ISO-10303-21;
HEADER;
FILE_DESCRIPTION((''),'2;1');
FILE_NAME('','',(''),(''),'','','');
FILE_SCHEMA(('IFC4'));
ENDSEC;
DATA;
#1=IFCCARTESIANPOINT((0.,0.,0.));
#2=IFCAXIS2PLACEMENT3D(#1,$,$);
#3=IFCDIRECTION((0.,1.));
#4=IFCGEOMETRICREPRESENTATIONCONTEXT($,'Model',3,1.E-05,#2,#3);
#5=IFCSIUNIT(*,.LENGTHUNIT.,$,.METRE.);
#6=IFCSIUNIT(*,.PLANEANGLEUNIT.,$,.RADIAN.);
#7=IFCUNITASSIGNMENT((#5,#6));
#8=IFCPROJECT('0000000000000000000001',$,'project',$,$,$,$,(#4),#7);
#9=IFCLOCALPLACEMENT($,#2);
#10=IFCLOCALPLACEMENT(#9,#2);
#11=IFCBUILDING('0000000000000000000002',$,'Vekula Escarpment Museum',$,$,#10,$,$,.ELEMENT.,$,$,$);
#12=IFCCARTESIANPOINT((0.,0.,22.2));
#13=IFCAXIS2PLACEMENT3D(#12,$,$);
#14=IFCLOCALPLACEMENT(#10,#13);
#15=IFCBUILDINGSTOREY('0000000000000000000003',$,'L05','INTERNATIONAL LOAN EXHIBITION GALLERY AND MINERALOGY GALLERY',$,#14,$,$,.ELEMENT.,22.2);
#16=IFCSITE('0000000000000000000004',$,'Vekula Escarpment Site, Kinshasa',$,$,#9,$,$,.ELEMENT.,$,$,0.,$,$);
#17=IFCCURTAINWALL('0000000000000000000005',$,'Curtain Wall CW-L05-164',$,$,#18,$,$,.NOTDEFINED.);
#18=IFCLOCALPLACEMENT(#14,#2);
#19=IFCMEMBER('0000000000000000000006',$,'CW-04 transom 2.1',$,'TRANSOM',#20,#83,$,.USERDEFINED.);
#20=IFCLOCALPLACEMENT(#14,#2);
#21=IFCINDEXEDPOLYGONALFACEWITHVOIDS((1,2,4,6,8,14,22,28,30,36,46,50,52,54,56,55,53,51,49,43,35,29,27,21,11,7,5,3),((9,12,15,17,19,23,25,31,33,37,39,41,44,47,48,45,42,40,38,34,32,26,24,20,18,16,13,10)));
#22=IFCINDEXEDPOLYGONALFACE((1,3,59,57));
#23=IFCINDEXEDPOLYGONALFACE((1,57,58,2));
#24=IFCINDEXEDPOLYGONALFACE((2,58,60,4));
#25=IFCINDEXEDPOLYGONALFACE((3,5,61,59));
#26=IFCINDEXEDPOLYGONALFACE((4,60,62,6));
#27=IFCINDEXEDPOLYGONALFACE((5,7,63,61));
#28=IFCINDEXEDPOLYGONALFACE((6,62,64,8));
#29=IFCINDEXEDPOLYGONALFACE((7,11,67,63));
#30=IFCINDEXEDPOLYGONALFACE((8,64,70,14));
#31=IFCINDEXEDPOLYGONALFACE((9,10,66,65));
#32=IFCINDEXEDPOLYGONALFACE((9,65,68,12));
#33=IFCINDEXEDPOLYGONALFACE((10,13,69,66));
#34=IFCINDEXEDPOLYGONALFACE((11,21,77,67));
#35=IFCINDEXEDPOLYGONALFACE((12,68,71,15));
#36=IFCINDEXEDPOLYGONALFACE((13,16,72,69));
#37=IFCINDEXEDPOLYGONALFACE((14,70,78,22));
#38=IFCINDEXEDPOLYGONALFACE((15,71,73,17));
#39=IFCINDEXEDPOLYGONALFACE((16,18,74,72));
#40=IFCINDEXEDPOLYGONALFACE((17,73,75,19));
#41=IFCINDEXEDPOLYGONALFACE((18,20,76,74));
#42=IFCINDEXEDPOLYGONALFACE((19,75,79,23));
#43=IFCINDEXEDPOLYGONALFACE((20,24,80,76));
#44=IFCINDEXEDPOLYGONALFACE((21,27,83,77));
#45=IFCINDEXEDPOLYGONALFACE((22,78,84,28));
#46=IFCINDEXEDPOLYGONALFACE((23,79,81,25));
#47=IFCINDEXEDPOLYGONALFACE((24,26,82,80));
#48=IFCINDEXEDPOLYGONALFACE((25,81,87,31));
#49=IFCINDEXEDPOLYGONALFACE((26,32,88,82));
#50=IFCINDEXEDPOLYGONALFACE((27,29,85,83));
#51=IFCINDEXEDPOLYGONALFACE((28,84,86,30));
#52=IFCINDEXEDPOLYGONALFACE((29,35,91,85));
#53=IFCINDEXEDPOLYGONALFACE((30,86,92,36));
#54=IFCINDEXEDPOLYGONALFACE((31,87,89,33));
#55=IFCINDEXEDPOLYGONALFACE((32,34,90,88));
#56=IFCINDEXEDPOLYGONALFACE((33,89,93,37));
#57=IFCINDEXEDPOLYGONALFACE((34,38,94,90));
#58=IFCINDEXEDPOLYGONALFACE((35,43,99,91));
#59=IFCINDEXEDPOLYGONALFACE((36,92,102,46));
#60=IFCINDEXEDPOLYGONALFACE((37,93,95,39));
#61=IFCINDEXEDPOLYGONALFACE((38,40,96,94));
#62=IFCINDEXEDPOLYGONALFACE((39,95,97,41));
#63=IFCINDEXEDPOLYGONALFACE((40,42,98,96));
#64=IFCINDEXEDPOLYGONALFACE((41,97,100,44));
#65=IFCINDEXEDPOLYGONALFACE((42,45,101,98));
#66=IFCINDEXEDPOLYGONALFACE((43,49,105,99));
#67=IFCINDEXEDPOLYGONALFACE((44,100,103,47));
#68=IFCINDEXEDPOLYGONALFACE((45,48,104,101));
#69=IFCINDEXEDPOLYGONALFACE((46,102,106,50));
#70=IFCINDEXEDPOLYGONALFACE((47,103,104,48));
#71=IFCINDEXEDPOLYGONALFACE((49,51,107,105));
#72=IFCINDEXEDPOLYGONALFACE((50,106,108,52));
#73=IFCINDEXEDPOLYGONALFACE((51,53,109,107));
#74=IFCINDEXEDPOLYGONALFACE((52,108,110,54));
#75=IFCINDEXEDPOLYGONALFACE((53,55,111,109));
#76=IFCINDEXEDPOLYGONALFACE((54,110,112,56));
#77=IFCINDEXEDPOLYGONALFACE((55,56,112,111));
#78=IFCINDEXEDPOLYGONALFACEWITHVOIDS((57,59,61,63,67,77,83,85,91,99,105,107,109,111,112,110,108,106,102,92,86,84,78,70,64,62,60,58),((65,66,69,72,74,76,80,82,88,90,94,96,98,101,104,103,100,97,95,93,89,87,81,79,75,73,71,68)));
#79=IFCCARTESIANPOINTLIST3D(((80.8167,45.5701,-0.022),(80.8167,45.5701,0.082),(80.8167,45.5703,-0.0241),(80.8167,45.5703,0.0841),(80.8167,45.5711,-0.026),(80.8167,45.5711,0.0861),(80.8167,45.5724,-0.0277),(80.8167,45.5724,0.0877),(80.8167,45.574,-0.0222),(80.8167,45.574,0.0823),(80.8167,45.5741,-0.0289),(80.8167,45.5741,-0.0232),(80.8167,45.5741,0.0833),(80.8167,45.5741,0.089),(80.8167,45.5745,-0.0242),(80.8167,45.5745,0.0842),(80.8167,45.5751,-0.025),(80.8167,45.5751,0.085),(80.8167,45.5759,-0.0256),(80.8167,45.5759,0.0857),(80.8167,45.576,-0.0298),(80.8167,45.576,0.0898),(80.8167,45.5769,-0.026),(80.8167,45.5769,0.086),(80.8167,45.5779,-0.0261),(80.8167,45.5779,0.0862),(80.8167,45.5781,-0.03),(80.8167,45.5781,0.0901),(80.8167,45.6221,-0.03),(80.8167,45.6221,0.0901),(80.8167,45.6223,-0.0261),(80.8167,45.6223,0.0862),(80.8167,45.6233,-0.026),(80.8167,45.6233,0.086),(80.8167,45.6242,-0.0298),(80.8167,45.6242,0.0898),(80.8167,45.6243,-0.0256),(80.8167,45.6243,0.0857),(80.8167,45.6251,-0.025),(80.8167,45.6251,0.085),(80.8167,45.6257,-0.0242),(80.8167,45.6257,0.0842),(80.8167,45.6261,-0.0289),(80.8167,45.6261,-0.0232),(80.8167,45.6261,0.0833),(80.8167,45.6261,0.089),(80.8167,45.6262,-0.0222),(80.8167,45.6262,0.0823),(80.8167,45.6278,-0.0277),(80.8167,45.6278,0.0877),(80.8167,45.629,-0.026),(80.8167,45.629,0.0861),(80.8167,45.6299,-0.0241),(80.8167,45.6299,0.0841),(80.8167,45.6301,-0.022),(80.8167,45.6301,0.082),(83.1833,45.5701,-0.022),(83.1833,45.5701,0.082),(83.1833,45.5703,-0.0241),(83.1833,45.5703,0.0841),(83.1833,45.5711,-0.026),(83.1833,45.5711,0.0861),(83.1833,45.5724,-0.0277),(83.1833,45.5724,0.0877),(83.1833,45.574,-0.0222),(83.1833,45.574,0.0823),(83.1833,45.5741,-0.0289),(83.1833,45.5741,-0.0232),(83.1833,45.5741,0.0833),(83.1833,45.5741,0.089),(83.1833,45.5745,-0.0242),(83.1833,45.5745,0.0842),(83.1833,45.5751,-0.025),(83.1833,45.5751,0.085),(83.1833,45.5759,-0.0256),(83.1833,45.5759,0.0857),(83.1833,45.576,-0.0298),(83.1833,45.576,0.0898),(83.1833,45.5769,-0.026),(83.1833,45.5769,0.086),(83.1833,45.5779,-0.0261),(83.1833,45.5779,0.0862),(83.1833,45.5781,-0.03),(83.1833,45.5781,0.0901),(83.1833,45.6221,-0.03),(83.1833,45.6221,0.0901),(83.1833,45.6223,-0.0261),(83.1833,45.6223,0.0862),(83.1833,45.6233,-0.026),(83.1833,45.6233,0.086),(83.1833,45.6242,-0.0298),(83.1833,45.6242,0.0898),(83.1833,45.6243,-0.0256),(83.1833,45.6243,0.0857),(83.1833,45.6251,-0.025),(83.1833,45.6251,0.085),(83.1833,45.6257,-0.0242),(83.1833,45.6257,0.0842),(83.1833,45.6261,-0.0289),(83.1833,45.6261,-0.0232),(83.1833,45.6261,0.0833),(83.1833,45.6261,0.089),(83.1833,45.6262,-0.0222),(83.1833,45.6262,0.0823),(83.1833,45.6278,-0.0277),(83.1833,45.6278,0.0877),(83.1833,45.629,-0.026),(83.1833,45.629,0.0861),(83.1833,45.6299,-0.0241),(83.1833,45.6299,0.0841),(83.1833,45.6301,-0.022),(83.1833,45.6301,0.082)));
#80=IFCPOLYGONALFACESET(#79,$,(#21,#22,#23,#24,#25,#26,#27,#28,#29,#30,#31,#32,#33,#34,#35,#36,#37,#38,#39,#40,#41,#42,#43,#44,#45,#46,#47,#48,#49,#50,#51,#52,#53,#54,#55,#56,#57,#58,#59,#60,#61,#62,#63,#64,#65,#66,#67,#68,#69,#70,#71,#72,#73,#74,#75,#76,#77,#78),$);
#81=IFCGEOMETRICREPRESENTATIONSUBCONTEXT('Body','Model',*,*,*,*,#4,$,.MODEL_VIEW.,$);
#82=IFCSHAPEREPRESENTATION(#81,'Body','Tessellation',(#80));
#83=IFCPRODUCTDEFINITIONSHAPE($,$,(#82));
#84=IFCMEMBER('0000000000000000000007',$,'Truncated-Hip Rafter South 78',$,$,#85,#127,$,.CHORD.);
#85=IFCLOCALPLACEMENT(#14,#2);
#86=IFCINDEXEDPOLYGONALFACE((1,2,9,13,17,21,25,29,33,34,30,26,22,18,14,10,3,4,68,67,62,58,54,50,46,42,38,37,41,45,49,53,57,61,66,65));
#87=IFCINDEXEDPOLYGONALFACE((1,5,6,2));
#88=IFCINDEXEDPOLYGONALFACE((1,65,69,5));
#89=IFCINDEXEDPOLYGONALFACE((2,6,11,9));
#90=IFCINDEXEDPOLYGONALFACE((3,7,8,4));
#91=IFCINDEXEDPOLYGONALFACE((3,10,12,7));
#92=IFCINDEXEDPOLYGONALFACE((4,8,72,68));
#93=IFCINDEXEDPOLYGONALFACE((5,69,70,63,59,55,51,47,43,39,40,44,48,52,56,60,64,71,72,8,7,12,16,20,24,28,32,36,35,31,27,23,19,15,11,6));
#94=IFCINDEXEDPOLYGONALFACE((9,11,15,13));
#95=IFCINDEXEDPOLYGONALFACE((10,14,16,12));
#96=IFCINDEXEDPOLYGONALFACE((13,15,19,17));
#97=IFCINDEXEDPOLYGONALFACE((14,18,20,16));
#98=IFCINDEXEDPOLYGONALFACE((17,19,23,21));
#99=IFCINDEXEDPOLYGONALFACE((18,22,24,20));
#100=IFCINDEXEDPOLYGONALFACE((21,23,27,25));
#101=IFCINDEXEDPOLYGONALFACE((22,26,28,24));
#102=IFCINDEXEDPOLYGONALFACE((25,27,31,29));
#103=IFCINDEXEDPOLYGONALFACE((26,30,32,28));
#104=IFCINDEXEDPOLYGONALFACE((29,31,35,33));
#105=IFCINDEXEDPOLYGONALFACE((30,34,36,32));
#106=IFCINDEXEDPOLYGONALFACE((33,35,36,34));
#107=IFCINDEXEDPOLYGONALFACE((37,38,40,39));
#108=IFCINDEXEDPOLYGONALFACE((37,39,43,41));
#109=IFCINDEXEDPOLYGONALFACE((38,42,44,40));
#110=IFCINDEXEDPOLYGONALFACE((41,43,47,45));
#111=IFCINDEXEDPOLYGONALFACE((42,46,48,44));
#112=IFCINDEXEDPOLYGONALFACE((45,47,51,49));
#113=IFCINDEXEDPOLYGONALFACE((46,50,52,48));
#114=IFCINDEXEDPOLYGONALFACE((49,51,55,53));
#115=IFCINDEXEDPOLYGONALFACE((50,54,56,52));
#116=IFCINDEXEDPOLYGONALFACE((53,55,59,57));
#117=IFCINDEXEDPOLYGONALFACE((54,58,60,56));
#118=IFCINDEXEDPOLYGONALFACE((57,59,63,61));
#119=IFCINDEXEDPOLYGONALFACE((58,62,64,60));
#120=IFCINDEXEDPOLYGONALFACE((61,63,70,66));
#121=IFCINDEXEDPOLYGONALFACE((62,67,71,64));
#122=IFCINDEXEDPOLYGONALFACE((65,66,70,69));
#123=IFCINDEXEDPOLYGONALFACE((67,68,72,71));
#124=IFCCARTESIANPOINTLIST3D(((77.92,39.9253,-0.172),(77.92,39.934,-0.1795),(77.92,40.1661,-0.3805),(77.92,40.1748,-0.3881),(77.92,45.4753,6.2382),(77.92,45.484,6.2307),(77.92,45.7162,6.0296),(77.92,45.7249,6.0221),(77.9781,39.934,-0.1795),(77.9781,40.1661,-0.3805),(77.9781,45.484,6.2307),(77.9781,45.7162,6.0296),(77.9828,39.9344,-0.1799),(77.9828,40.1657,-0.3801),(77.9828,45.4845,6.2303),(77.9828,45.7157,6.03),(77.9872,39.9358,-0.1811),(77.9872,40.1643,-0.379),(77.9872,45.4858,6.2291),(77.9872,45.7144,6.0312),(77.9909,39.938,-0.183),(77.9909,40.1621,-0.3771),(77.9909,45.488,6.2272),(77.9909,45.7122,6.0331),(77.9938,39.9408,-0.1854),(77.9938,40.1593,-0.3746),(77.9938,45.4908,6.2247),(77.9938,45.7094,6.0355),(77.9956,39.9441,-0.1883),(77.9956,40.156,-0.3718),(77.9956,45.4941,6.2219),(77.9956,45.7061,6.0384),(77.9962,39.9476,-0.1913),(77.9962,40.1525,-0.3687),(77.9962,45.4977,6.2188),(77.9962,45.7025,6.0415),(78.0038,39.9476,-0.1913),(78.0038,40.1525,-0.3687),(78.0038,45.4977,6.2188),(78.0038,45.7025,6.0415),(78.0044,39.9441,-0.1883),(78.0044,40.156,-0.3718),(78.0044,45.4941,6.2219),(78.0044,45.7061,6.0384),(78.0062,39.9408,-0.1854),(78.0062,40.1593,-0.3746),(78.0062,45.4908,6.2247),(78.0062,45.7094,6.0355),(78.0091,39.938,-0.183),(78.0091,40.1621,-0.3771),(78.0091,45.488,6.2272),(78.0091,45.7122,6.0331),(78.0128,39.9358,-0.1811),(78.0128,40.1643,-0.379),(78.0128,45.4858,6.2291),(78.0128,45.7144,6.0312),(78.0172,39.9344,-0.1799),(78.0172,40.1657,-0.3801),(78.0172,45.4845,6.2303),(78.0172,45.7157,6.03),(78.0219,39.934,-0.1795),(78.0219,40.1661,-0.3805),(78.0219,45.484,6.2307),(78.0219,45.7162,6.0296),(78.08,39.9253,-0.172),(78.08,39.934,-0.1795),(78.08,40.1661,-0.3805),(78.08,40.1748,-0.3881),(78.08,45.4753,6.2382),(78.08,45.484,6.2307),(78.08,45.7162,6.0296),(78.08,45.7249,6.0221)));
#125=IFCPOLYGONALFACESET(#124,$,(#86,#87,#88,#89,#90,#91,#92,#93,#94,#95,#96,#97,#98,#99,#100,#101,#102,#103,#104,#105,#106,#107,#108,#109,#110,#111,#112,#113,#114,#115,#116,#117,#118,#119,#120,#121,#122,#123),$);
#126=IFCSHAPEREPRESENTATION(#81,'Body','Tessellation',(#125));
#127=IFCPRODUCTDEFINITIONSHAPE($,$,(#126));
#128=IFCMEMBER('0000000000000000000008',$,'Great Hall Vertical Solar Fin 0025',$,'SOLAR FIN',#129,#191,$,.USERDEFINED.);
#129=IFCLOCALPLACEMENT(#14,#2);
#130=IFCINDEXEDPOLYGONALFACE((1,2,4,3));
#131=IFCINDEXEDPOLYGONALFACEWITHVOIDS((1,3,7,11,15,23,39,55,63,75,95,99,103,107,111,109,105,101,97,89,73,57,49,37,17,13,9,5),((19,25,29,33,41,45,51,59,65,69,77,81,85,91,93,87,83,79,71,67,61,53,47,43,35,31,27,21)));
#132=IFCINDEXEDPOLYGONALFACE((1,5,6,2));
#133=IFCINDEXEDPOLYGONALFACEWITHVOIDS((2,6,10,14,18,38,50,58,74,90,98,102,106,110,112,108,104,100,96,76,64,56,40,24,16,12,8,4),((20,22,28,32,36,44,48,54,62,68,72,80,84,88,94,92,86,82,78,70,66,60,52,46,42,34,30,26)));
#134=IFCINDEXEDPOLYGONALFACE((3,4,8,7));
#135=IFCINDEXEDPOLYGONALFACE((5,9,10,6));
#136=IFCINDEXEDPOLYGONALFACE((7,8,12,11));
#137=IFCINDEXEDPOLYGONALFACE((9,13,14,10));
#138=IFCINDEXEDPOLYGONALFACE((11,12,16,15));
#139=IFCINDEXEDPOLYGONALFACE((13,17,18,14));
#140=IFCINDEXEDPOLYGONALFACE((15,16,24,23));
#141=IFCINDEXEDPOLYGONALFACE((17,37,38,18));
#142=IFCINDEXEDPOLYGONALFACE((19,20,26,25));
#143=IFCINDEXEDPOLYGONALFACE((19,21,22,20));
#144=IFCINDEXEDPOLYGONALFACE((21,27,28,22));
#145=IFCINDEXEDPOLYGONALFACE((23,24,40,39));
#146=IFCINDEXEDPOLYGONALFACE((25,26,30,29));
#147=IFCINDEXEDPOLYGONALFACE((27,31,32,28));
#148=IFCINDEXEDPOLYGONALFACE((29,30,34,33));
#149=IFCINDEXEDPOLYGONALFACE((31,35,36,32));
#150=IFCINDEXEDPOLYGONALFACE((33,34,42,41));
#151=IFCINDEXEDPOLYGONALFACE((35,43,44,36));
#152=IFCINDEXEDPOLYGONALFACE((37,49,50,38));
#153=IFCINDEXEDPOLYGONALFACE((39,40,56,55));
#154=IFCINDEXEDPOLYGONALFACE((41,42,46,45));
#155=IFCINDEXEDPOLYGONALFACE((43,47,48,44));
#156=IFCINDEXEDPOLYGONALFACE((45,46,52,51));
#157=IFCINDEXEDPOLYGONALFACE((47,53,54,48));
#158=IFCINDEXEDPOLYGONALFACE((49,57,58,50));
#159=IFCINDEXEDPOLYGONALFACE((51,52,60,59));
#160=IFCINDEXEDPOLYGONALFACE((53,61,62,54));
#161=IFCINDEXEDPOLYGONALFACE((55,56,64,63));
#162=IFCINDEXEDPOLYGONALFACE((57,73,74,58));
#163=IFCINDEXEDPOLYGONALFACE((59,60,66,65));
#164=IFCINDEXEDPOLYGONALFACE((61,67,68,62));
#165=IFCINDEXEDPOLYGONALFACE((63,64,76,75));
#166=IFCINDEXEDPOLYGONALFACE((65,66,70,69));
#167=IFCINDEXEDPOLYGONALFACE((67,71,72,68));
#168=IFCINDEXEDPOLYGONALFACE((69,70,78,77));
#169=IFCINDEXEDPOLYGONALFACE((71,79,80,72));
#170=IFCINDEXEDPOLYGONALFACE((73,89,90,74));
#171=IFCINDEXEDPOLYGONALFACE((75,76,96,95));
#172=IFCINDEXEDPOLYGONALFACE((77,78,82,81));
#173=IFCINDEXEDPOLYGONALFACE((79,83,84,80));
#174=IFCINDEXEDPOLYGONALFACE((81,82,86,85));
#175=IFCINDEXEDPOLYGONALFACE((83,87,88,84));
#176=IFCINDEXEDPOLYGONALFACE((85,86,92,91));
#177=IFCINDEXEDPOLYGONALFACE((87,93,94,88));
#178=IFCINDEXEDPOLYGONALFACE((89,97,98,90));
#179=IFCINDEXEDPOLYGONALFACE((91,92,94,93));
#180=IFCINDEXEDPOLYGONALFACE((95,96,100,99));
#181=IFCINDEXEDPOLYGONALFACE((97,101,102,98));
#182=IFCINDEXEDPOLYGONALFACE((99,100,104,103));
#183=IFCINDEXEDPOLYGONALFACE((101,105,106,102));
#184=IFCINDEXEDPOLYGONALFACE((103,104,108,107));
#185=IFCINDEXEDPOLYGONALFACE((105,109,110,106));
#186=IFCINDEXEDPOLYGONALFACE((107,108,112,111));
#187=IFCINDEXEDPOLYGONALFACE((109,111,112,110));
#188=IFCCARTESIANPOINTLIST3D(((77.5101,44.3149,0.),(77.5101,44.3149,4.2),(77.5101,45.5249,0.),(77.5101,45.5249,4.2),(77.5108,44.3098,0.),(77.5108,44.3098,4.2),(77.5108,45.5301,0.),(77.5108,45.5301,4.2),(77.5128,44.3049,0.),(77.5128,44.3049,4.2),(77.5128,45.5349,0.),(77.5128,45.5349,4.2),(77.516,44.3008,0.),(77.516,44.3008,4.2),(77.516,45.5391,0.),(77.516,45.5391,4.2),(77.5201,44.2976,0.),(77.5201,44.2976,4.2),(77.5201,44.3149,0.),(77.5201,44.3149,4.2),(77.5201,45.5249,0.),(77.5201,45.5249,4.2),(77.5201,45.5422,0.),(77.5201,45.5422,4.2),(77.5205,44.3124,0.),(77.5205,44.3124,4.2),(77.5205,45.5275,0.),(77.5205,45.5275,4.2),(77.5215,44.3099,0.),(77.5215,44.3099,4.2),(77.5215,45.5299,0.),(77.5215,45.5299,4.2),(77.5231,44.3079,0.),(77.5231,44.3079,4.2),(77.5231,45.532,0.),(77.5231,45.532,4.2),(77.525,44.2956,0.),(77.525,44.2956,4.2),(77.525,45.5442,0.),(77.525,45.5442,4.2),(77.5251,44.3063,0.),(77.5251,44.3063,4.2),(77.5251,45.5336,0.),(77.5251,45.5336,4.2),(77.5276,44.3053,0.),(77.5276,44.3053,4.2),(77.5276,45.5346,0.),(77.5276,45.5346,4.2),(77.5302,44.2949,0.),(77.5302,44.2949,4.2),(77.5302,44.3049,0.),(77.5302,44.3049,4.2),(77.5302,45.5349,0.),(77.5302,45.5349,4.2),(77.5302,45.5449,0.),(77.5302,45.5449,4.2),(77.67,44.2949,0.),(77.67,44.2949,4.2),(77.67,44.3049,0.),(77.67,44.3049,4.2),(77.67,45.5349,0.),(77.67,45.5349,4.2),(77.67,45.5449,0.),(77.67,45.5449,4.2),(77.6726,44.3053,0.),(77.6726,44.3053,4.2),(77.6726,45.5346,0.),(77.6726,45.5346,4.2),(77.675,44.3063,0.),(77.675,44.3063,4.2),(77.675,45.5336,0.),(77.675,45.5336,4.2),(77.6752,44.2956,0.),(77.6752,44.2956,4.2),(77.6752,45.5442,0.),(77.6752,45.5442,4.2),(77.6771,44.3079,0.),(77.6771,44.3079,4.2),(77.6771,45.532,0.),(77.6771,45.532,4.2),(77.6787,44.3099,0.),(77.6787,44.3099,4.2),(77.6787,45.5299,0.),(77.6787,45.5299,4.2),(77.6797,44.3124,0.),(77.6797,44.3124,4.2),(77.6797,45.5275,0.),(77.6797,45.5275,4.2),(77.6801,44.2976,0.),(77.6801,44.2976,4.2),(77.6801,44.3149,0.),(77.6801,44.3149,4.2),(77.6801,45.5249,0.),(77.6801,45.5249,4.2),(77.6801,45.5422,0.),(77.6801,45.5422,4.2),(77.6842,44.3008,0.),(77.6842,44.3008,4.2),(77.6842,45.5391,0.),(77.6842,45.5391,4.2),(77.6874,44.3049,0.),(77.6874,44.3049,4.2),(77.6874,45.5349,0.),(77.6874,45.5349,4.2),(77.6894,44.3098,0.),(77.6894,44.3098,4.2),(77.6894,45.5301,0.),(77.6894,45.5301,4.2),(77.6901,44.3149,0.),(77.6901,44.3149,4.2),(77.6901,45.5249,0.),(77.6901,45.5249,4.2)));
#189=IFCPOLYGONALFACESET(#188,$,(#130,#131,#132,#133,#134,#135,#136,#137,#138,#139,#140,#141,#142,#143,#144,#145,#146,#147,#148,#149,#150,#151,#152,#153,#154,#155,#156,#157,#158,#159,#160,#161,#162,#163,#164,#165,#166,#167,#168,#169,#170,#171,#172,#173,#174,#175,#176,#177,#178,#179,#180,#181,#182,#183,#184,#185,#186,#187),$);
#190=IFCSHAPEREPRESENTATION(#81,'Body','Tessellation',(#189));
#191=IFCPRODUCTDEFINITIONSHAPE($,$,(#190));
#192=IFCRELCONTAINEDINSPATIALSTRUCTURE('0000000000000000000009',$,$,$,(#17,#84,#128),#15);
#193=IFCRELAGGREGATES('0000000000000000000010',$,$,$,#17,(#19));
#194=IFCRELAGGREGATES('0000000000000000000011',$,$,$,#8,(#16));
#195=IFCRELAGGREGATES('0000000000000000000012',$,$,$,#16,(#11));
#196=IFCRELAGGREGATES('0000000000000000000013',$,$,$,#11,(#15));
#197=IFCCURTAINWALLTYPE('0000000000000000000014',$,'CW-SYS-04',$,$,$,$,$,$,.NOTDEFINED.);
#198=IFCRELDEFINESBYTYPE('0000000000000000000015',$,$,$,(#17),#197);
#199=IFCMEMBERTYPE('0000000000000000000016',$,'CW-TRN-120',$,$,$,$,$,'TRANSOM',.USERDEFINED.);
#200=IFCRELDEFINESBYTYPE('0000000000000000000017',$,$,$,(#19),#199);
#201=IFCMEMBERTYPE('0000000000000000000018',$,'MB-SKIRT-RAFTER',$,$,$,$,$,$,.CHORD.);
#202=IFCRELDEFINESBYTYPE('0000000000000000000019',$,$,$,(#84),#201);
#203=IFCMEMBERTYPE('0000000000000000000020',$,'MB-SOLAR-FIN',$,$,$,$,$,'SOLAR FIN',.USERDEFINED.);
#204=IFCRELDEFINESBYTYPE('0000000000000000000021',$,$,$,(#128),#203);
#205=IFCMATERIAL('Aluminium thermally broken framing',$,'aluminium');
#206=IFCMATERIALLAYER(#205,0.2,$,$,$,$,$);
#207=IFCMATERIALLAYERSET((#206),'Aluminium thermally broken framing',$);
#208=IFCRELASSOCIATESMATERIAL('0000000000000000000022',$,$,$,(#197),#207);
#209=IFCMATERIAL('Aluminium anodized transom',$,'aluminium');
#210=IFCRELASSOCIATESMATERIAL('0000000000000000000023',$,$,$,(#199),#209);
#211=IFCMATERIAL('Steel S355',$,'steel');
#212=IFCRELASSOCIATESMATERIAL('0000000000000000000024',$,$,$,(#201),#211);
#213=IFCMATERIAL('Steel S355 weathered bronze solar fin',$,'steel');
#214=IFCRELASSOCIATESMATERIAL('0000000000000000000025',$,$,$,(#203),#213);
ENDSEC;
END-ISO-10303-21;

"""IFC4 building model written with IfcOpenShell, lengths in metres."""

from ifc_helpers import new_model, si_unit, direction, frame, origin, origin_2d, place, context, subcontext, project, spatial, hollow_rectangle, i_section, extrude, material, layer, layer_set, material_profile, profile_set, type_object, element, aggregate, save


model = new_model("IFC4")

# Units and contexts
model_context = context("Model", 3, precision=1e-05, world=origin(), true_north=direction((0.0, 1.0)))
body_context = subcontext(model_context, "Body", "Model", "MODEL_VIEW")
ifc_project = project(units=[si_unit("LENGTHUNIT", "METRE"), si_unit("PLANEANGLEUNIT", "RADIAN")], contexts=[model_context])

# Site, building, storey
site_placement = place(None, origin())
site = spatial("IfcSite", under=ifc_project, at=site_placement, Name="Vekula Escarpment Site, Kinshasa", CompositionType="ELEMENT", RefElevation=0.0)
building_placement = place(site_placement, origin())
building = spatial("IfcBuilding", under=site, at=building_placement, Name="Vekula Escarpment Museum", CompositionType="ELEMENT")
storey_placement = place(building_placement, frame((0.0, 0.0, 22.2)))
storey = spatial("IfcBuildingStorey", under=building, at=storey_placement, Name="L05", Description="INTERNATIONAL LOAN EXHIBITION GALLERY AND MINERALOGY GALLERY", CompositionType="ELEMENT", Elevation=22.2)

# Curtain wall, member
ifc_material_1 = material(Name="Aluminium thermally broken framing", Category="aluminium")
ifc_layer_1 = layer(ifc_material_1, 0.2)
ifc_layer_set_1 = layer_set([ifc_layer_1], Name="Aluminium thermally broken framing")
curtain_wall_type_1 = type_object("IfcCurtainWallType", Name="CW-SYS-04", PredefinedType="NOTDEFINED", material=ifc_layer_set_1)
curtain_wall_1_placement = place(storey_placement, origin())
curtain_wall_1 = element("IfcCurtainWall", 1, at=curtain_wall_1_placement, inside=storey, type_object=curtain_wall_type_1, Name="Curtain Wall CW-L05-164", PredefinedType="NOTDEFINED")
ifc_material_2 = material(Name="Aluminium anodized transom", Category="aluminium")
ifc_material_profile_1 = material_profile(ifc_material_2, hollow_rectangle(XDim=0.0601, YDim=0.1201, WallThickness=0.0039, InnerFilletRadius=0.0039, OuterFilletRadius=0.0081, at=origin_2d()), Name="ALU 120x60x4")
ifc_profile_set_1 = profile_set([ifc_material_profile_1], Name="Aluminium anodized transom")
member_type_1 = type_object("IfcMemberType", Name="CW-TRN-120", ElementType="TRANSOM", PredefinedType="USERDEFINED", material=ifc_profile_set_1)
member_1_placement = place(storey_placement, frame((80.8167, 45.6001, 0.03), z_axis=(1.0, 0.0, 0.0), x_axis=(0.0, 1.0, 0.0)))
member_1 = element("IfcMember", 2, at=member_1_placement, type_object=member_type_1, Name="CW-04 transom 2.1", ObjectType="TRANSOM", PredefinedType="USERDEFINED", context=body_context, shape_type="SweptSolid", body=[
    extrude(hollow_rectangle(XDim=0.0601, YDim=0.1201, WallThickness=0.0039, InnerFilletRadius=0.0039, OuterFilletRadius=0.0081, at=origin_2d()), origin(), (0.0, 0.0, 1.0), 2.3667),
])

# Members
ifc_material_3 = material(Name="Steel S355", Category="steel")
ifc_material_profile_2 = material_profile(ifc_material_3, i_section(OverallWidth=0.1599, OverallDepth=0.3301, WebThickness=0.0076, FlangeThickness=0.0115, FilletRadius=0.0181, at=origin_2d()), Name="IPE 330")
ifc_profile_set_2 = profile_set([ifc_material_profile_2], Name="Steel S355")
member_type_2 = type_object("IfcMemberType", Name="MB-SKIRT-RAFTER", PredefinedType="CHORD", material=ifc_profile_set_2)
member_2_placement = place(storey_placement, frame((78.0, 40.05, -0.28), z_axis=(0.0, 0.654565, 0.756005), x_axis=(-1.0, 0.0, 0.0)))
element("IfcMember", 3, at=member_2_placement, inside=storey, type_object=member_type_2, Name="Truncated-Hip Rafter South 78", PredefinedType="CHORD", context=body_context, shape_type="SweptSolid", body=[
    extrude(i_section(OverallWidth=0.1599, OverallDepth=0.3301, WebThickness=0.0076, FlangeThickness=0.0115, FilletRadius=0.0181, at=origin_2d()), origin(), (0.0, 0.0, 1.0), 8.479),
])
ifc_material_4 = material(Name="Steel S355 weathered bronze solar fin", Category="steel")
ifc_material_profile_3 = material_profile(ifc_material_4, hollow_rectangle(XDim=0.1799, YDim=1.25, WallThickness=0.01, InnerFilletRadius=0.01, OuterFilletRadius=0.02, at=origin_2d()), Name="RHS 1250x180x10")
ifc_profile_set_3 = profile_set([ifc_material_profile_3], Name="Steel S355 weathered bronze solar fin")
member_type_3 = type_object("IfcMemberType", Name="MB-SOLAR-FIN", ElementType="SOLAR FIN", PredefinedType="USERDEFINED", material=ifc_profile_set_3)
for number, where, z_axis, x_axis, name in (
    (4, (77.6001, 44.9199, 0.0), (0.0, 0.0, 1.0), (1.0, 0.0, 0.0), "Great Hall Vertical Solar Fin 0025"),
):
    element("IfcMember", number, at=place(storey_placement, frame(where, z_axis=z_axis, x_axis=x_axis)), inside=storey, type_object=member_type_3, Name=name, ObjectType="SOLAR FIN", PredefinedType="USERDEFINED", context=body_context, shape_type="SweptSolid", body=[
        extrude(hollow_rectangle(XDim=0.1799, YDim=1.25, WallThickness=0.01, InnerFilletRadius=0.01, OuterFilletRadius=0.02, at=origin_2d()), origin(), (0.0, 0.0, 1.0), 4.2),
    ])

aggregate(curtain_wall_1, [member_1])

save(model, "model.ifc")
